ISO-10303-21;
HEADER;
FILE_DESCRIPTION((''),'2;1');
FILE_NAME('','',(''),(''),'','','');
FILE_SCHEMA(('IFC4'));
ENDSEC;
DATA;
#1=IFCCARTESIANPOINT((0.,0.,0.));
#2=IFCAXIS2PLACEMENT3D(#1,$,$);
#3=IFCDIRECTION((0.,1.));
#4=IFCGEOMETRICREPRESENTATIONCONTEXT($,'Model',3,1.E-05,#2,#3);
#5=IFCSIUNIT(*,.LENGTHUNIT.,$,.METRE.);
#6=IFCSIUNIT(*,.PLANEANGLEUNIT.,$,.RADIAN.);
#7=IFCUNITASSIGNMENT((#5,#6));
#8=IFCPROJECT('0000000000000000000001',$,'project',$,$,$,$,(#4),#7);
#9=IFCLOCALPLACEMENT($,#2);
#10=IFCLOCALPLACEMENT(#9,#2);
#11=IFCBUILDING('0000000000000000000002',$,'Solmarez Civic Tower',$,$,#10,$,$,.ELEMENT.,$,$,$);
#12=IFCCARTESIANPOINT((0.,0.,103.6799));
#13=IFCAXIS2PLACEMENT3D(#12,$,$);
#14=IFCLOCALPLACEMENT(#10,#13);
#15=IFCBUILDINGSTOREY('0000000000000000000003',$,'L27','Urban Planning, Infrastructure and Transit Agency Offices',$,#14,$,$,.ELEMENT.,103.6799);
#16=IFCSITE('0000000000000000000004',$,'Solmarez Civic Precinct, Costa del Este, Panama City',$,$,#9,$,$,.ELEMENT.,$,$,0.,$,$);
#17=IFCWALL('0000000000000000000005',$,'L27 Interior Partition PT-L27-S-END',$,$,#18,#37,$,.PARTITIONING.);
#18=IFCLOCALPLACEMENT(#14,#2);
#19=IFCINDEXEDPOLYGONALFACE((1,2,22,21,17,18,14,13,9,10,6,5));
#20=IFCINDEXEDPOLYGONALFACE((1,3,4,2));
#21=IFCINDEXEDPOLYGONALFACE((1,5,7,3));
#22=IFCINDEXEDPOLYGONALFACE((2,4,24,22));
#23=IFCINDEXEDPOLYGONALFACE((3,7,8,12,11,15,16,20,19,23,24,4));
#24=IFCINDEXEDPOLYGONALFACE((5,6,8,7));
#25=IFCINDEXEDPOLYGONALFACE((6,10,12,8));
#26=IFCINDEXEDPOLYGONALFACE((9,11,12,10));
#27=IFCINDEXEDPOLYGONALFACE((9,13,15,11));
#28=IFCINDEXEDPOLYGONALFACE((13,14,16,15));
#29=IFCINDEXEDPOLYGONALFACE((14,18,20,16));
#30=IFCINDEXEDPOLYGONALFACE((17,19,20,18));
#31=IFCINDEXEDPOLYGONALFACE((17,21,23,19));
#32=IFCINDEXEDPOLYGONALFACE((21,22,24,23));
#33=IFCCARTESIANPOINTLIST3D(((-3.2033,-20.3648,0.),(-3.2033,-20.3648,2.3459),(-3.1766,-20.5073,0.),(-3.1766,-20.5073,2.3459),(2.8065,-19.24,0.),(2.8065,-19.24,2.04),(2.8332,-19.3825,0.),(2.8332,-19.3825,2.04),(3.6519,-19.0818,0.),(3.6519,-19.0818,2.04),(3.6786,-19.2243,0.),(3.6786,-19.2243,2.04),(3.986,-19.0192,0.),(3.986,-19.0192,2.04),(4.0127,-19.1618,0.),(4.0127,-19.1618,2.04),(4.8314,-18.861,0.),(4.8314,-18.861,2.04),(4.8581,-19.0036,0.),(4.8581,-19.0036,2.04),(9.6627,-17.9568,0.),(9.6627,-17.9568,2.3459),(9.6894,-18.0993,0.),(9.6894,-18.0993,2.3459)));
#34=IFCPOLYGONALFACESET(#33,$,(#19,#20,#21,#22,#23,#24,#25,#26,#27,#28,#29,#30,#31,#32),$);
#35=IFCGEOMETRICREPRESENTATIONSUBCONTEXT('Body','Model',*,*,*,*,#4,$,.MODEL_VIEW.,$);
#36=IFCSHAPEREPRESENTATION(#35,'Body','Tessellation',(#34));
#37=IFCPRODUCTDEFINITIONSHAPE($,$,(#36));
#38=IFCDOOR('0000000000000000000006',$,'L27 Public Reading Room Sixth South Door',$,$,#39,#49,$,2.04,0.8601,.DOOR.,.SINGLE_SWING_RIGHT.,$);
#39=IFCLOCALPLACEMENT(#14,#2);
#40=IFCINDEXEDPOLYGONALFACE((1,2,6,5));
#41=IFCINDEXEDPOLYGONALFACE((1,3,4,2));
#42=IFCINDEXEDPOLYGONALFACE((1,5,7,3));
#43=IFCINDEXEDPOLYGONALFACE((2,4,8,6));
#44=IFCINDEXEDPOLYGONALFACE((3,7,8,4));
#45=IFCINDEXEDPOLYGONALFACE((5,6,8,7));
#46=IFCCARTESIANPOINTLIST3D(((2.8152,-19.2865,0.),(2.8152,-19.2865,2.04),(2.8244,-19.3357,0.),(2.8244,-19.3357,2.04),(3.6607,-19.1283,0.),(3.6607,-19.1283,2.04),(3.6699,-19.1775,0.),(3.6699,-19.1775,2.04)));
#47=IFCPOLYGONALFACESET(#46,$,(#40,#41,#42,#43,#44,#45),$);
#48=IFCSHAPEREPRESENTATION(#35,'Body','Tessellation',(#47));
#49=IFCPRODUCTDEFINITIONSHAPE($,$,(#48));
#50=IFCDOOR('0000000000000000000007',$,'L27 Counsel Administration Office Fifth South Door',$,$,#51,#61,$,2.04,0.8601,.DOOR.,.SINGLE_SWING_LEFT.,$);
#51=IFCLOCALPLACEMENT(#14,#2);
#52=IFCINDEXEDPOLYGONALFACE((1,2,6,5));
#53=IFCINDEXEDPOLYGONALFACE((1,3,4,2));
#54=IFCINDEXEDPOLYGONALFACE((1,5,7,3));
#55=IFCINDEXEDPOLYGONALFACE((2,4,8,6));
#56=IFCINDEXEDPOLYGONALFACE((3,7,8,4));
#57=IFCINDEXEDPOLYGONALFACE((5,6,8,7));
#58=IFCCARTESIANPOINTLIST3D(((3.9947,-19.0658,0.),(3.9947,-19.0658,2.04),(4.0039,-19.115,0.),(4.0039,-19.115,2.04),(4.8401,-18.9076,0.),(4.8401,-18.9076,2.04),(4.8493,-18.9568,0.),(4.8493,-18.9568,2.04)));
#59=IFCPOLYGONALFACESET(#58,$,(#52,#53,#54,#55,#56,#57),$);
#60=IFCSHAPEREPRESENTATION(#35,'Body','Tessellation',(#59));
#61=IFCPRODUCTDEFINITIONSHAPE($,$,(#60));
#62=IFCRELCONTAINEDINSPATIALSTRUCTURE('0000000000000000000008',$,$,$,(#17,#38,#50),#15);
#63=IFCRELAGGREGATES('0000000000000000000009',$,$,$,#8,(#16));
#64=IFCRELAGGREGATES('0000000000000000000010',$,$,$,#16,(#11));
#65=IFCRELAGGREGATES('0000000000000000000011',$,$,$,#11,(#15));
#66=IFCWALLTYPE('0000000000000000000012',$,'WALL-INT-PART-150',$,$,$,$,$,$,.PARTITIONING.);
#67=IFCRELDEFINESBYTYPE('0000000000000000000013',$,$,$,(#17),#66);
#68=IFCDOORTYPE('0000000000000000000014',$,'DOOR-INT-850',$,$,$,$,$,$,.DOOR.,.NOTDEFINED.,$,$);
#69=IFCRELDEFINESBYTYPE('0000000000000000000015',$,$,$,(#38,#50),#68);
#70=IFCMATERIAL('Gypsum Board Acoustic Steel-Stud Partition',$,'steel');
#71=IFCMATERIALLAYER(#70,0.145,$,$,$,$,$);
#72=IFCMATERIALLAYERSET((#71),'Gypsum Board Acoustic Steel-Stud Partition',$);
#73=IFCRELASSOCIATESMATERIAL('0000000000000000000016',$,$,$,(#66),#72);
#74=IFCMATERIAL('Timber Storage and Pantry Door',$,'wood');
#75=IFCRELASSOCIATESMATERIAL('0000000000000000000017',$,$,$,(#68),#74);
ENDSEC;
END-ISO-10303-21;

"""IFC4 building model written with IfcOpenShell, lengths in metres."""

from ifc_helpers import new_model, si_unit, direction, frame, frame_2d, origin, place, context, subcontext, project, spatial, rectangle, extrude, material, layer, layer_set, type_object, element, fill, save


model = new_model("IFC4")

# Units and contexts
model_context = context("Model", 3, precision=1e-05, world=origin(), true_north=direction((0.0, 1.0)))
body_context = subcontext(model_context, "Body", "Model", "MODEL_VIEW")
ifc_project = project(units=[si_unit("LENGTHUNIT", "METRE"), si_unit("PLANEANGLEUNIT", "RADIAN")], contexts=[model_context])

# Site, building, storey
site_placement = place(None, origin())
site = spatial("IfcSite", under=ifc_project, at=site_placement, Name="Solmarez Civic Precinct, Costa del Este, Panama City", CompositionType="ELEMENT", RefElevation=0.0)
building_placement = place(site_placement, origin())
building = spatial("IfcBuilding", under=site, at=building_placement, Name="Solmarez Civic Tower", CompositionType="ELEMENT")
storey_placement = place(building_placement, frame((0.0, 0.0, 103.6799)))
storey = spatial("IfcBuildingStorey", under=building, at=storey_placement, Name="L27", Description="Urban Planning, Infrastructure and Transit Agency Offices", CompositionType="ELEMENT", Elevation=103.6799)

# Shared definitions
ifc_material_1 = material(Name="Gypsum Board Acoustic Steel-Stud Partition", Category="steel")
ifc_layer_1 = layer(ifc_material_1, 0.145)
ifc_layer_set_1 = layer_set([ifc_layer_1], Name="Gypsum Board Acoustic Steel-Stud Partition")
wall_type_1 = type_object("IfcWallType", Name="WALL-INT-PART-150", PredefinedType="PARTITIONING", material=ifc_layer_set_1)

# Wall, openings, doors
wall_1_placement = place(storey_placement, frame((9.676, -18.0281, 0.0), z_axis=(0.0, 0.0, 1.0), x_axis=(-0.982933, -0.183963, 0.0)))
wall_1 = element("IfcWall", 1, at=wall_1_placement, inside=storey, type_object=wall_type_1, Name="L27 Interior Partition PT-L27-S-END", PredefinedType="PARTITIONING", context=body_context, shape_type="SweptSolid", body=[
    extrude(rectangle(XDim=13.0894, YDim=0.145, at=frame_2d((6.5447, 0.0))), origin(), (0.0, 0.0, 1.0), 2.3459),
])
opening_1_placement = place(wall_1_placement, frame((6.115, 0.0, 0.0)))
opening_1 = element("IfcOpeningElement", 2, at=opening_1_placement, cuts=wall_1, PredefinedType="OPENING", context=body_context, shape_type="SweptSolid", body=[
    extrude(rectangle(XDim=0.8601, YDim=2.04, at=frame_2d((0.4302, 1.02))), frame((0.0, 0.0825, 0.0), z_axis=(0.0, -1.0, 0.0), x_axis=(1.0, 0.0, 0.0)), (0.0, 0.0, 1.0), 0.165),
])
opening_2_placement = place(wall_1_placement, frame((4.915, 0.0, 0.0)))
opening_2 = element("IfcOpeningElement", 3, at=opening_2_placement, cuts=wall_1, PredefinedType="OPENING", context=body_context, shape_type="SweptSolid", body=[
    extrude(rectangle(XDim=0.8601, YDim=2.04, at=frame_2d((0.4302, 1.02))), frame((0.0, 0.0825, 0.0), z_axis=(0.0, -1.0, 0.0), x_axis=(1.0, 0.0, 0.0)), (0.0, 0.0, 1.0), 0.165),
])
ifc_material_2 = material(Name="Timber Storage and Pantry Door", Category="wood")
door_type = type_object("IfcDoorType", Name="DOOR-INT-850", OperationType="NOTDEFINED", PredefinedType="DOOR", material=ifc_material_2)
door_1_placement = place(opening_1_placement, origin())
door_1 = element("IfcDoor", 4, at=door_1_placement, inside=storey, type_object=door_type, Name="L27 Public Reading Room Sixth South Door", OperationType="SINGLE_SWING_RIGHT", OverallHeight=2.04, OverallWidth=0.8601, PredefinedType="DOOR", context=body_context, shape_type="SweptSolid", body=[
    extrude(rectangle(XDim=0.8601, YDim=2.04, at=frame_2d((0.4302, 1.02))), frame((0.0, 0.0249, 0.0), z_axis=(0.0, -1.0, 0.0), x_axis=(1.0, 0.0, 0.0)), (0.0, 0.0, 1.0), 0.05),
])
fill(opening_1, door_1)
door_2_placement = place(opening_2_placement, origin())
door_2 = element("IfcDoor", 5, at=door_2_placement, inside=storey, type_object=door_type, Name="L27 Counsel Administration Office Fifth South Door", OperationType="SINGLE_SWING_LEFT", OverallHeight=2.04, OverallWidth=0.8601, PredefinedType="DOOR", context=body_context, shape_type="SweptSolid", body=[
    extrude(rectangle(XDim=0.8601, YDim=2.04, at=frame_2d((0.4302, 1.02))), frame((0.0, 0.0249, 0.0), z_axis=(0.0, -1.0, 0.0), x_axis=(1.0, 0.0, 0.0)), (0.0, 0.0, 1.0), 0.05),
])
fill(opening_2, door_2)

save(model, "model.ifc")
